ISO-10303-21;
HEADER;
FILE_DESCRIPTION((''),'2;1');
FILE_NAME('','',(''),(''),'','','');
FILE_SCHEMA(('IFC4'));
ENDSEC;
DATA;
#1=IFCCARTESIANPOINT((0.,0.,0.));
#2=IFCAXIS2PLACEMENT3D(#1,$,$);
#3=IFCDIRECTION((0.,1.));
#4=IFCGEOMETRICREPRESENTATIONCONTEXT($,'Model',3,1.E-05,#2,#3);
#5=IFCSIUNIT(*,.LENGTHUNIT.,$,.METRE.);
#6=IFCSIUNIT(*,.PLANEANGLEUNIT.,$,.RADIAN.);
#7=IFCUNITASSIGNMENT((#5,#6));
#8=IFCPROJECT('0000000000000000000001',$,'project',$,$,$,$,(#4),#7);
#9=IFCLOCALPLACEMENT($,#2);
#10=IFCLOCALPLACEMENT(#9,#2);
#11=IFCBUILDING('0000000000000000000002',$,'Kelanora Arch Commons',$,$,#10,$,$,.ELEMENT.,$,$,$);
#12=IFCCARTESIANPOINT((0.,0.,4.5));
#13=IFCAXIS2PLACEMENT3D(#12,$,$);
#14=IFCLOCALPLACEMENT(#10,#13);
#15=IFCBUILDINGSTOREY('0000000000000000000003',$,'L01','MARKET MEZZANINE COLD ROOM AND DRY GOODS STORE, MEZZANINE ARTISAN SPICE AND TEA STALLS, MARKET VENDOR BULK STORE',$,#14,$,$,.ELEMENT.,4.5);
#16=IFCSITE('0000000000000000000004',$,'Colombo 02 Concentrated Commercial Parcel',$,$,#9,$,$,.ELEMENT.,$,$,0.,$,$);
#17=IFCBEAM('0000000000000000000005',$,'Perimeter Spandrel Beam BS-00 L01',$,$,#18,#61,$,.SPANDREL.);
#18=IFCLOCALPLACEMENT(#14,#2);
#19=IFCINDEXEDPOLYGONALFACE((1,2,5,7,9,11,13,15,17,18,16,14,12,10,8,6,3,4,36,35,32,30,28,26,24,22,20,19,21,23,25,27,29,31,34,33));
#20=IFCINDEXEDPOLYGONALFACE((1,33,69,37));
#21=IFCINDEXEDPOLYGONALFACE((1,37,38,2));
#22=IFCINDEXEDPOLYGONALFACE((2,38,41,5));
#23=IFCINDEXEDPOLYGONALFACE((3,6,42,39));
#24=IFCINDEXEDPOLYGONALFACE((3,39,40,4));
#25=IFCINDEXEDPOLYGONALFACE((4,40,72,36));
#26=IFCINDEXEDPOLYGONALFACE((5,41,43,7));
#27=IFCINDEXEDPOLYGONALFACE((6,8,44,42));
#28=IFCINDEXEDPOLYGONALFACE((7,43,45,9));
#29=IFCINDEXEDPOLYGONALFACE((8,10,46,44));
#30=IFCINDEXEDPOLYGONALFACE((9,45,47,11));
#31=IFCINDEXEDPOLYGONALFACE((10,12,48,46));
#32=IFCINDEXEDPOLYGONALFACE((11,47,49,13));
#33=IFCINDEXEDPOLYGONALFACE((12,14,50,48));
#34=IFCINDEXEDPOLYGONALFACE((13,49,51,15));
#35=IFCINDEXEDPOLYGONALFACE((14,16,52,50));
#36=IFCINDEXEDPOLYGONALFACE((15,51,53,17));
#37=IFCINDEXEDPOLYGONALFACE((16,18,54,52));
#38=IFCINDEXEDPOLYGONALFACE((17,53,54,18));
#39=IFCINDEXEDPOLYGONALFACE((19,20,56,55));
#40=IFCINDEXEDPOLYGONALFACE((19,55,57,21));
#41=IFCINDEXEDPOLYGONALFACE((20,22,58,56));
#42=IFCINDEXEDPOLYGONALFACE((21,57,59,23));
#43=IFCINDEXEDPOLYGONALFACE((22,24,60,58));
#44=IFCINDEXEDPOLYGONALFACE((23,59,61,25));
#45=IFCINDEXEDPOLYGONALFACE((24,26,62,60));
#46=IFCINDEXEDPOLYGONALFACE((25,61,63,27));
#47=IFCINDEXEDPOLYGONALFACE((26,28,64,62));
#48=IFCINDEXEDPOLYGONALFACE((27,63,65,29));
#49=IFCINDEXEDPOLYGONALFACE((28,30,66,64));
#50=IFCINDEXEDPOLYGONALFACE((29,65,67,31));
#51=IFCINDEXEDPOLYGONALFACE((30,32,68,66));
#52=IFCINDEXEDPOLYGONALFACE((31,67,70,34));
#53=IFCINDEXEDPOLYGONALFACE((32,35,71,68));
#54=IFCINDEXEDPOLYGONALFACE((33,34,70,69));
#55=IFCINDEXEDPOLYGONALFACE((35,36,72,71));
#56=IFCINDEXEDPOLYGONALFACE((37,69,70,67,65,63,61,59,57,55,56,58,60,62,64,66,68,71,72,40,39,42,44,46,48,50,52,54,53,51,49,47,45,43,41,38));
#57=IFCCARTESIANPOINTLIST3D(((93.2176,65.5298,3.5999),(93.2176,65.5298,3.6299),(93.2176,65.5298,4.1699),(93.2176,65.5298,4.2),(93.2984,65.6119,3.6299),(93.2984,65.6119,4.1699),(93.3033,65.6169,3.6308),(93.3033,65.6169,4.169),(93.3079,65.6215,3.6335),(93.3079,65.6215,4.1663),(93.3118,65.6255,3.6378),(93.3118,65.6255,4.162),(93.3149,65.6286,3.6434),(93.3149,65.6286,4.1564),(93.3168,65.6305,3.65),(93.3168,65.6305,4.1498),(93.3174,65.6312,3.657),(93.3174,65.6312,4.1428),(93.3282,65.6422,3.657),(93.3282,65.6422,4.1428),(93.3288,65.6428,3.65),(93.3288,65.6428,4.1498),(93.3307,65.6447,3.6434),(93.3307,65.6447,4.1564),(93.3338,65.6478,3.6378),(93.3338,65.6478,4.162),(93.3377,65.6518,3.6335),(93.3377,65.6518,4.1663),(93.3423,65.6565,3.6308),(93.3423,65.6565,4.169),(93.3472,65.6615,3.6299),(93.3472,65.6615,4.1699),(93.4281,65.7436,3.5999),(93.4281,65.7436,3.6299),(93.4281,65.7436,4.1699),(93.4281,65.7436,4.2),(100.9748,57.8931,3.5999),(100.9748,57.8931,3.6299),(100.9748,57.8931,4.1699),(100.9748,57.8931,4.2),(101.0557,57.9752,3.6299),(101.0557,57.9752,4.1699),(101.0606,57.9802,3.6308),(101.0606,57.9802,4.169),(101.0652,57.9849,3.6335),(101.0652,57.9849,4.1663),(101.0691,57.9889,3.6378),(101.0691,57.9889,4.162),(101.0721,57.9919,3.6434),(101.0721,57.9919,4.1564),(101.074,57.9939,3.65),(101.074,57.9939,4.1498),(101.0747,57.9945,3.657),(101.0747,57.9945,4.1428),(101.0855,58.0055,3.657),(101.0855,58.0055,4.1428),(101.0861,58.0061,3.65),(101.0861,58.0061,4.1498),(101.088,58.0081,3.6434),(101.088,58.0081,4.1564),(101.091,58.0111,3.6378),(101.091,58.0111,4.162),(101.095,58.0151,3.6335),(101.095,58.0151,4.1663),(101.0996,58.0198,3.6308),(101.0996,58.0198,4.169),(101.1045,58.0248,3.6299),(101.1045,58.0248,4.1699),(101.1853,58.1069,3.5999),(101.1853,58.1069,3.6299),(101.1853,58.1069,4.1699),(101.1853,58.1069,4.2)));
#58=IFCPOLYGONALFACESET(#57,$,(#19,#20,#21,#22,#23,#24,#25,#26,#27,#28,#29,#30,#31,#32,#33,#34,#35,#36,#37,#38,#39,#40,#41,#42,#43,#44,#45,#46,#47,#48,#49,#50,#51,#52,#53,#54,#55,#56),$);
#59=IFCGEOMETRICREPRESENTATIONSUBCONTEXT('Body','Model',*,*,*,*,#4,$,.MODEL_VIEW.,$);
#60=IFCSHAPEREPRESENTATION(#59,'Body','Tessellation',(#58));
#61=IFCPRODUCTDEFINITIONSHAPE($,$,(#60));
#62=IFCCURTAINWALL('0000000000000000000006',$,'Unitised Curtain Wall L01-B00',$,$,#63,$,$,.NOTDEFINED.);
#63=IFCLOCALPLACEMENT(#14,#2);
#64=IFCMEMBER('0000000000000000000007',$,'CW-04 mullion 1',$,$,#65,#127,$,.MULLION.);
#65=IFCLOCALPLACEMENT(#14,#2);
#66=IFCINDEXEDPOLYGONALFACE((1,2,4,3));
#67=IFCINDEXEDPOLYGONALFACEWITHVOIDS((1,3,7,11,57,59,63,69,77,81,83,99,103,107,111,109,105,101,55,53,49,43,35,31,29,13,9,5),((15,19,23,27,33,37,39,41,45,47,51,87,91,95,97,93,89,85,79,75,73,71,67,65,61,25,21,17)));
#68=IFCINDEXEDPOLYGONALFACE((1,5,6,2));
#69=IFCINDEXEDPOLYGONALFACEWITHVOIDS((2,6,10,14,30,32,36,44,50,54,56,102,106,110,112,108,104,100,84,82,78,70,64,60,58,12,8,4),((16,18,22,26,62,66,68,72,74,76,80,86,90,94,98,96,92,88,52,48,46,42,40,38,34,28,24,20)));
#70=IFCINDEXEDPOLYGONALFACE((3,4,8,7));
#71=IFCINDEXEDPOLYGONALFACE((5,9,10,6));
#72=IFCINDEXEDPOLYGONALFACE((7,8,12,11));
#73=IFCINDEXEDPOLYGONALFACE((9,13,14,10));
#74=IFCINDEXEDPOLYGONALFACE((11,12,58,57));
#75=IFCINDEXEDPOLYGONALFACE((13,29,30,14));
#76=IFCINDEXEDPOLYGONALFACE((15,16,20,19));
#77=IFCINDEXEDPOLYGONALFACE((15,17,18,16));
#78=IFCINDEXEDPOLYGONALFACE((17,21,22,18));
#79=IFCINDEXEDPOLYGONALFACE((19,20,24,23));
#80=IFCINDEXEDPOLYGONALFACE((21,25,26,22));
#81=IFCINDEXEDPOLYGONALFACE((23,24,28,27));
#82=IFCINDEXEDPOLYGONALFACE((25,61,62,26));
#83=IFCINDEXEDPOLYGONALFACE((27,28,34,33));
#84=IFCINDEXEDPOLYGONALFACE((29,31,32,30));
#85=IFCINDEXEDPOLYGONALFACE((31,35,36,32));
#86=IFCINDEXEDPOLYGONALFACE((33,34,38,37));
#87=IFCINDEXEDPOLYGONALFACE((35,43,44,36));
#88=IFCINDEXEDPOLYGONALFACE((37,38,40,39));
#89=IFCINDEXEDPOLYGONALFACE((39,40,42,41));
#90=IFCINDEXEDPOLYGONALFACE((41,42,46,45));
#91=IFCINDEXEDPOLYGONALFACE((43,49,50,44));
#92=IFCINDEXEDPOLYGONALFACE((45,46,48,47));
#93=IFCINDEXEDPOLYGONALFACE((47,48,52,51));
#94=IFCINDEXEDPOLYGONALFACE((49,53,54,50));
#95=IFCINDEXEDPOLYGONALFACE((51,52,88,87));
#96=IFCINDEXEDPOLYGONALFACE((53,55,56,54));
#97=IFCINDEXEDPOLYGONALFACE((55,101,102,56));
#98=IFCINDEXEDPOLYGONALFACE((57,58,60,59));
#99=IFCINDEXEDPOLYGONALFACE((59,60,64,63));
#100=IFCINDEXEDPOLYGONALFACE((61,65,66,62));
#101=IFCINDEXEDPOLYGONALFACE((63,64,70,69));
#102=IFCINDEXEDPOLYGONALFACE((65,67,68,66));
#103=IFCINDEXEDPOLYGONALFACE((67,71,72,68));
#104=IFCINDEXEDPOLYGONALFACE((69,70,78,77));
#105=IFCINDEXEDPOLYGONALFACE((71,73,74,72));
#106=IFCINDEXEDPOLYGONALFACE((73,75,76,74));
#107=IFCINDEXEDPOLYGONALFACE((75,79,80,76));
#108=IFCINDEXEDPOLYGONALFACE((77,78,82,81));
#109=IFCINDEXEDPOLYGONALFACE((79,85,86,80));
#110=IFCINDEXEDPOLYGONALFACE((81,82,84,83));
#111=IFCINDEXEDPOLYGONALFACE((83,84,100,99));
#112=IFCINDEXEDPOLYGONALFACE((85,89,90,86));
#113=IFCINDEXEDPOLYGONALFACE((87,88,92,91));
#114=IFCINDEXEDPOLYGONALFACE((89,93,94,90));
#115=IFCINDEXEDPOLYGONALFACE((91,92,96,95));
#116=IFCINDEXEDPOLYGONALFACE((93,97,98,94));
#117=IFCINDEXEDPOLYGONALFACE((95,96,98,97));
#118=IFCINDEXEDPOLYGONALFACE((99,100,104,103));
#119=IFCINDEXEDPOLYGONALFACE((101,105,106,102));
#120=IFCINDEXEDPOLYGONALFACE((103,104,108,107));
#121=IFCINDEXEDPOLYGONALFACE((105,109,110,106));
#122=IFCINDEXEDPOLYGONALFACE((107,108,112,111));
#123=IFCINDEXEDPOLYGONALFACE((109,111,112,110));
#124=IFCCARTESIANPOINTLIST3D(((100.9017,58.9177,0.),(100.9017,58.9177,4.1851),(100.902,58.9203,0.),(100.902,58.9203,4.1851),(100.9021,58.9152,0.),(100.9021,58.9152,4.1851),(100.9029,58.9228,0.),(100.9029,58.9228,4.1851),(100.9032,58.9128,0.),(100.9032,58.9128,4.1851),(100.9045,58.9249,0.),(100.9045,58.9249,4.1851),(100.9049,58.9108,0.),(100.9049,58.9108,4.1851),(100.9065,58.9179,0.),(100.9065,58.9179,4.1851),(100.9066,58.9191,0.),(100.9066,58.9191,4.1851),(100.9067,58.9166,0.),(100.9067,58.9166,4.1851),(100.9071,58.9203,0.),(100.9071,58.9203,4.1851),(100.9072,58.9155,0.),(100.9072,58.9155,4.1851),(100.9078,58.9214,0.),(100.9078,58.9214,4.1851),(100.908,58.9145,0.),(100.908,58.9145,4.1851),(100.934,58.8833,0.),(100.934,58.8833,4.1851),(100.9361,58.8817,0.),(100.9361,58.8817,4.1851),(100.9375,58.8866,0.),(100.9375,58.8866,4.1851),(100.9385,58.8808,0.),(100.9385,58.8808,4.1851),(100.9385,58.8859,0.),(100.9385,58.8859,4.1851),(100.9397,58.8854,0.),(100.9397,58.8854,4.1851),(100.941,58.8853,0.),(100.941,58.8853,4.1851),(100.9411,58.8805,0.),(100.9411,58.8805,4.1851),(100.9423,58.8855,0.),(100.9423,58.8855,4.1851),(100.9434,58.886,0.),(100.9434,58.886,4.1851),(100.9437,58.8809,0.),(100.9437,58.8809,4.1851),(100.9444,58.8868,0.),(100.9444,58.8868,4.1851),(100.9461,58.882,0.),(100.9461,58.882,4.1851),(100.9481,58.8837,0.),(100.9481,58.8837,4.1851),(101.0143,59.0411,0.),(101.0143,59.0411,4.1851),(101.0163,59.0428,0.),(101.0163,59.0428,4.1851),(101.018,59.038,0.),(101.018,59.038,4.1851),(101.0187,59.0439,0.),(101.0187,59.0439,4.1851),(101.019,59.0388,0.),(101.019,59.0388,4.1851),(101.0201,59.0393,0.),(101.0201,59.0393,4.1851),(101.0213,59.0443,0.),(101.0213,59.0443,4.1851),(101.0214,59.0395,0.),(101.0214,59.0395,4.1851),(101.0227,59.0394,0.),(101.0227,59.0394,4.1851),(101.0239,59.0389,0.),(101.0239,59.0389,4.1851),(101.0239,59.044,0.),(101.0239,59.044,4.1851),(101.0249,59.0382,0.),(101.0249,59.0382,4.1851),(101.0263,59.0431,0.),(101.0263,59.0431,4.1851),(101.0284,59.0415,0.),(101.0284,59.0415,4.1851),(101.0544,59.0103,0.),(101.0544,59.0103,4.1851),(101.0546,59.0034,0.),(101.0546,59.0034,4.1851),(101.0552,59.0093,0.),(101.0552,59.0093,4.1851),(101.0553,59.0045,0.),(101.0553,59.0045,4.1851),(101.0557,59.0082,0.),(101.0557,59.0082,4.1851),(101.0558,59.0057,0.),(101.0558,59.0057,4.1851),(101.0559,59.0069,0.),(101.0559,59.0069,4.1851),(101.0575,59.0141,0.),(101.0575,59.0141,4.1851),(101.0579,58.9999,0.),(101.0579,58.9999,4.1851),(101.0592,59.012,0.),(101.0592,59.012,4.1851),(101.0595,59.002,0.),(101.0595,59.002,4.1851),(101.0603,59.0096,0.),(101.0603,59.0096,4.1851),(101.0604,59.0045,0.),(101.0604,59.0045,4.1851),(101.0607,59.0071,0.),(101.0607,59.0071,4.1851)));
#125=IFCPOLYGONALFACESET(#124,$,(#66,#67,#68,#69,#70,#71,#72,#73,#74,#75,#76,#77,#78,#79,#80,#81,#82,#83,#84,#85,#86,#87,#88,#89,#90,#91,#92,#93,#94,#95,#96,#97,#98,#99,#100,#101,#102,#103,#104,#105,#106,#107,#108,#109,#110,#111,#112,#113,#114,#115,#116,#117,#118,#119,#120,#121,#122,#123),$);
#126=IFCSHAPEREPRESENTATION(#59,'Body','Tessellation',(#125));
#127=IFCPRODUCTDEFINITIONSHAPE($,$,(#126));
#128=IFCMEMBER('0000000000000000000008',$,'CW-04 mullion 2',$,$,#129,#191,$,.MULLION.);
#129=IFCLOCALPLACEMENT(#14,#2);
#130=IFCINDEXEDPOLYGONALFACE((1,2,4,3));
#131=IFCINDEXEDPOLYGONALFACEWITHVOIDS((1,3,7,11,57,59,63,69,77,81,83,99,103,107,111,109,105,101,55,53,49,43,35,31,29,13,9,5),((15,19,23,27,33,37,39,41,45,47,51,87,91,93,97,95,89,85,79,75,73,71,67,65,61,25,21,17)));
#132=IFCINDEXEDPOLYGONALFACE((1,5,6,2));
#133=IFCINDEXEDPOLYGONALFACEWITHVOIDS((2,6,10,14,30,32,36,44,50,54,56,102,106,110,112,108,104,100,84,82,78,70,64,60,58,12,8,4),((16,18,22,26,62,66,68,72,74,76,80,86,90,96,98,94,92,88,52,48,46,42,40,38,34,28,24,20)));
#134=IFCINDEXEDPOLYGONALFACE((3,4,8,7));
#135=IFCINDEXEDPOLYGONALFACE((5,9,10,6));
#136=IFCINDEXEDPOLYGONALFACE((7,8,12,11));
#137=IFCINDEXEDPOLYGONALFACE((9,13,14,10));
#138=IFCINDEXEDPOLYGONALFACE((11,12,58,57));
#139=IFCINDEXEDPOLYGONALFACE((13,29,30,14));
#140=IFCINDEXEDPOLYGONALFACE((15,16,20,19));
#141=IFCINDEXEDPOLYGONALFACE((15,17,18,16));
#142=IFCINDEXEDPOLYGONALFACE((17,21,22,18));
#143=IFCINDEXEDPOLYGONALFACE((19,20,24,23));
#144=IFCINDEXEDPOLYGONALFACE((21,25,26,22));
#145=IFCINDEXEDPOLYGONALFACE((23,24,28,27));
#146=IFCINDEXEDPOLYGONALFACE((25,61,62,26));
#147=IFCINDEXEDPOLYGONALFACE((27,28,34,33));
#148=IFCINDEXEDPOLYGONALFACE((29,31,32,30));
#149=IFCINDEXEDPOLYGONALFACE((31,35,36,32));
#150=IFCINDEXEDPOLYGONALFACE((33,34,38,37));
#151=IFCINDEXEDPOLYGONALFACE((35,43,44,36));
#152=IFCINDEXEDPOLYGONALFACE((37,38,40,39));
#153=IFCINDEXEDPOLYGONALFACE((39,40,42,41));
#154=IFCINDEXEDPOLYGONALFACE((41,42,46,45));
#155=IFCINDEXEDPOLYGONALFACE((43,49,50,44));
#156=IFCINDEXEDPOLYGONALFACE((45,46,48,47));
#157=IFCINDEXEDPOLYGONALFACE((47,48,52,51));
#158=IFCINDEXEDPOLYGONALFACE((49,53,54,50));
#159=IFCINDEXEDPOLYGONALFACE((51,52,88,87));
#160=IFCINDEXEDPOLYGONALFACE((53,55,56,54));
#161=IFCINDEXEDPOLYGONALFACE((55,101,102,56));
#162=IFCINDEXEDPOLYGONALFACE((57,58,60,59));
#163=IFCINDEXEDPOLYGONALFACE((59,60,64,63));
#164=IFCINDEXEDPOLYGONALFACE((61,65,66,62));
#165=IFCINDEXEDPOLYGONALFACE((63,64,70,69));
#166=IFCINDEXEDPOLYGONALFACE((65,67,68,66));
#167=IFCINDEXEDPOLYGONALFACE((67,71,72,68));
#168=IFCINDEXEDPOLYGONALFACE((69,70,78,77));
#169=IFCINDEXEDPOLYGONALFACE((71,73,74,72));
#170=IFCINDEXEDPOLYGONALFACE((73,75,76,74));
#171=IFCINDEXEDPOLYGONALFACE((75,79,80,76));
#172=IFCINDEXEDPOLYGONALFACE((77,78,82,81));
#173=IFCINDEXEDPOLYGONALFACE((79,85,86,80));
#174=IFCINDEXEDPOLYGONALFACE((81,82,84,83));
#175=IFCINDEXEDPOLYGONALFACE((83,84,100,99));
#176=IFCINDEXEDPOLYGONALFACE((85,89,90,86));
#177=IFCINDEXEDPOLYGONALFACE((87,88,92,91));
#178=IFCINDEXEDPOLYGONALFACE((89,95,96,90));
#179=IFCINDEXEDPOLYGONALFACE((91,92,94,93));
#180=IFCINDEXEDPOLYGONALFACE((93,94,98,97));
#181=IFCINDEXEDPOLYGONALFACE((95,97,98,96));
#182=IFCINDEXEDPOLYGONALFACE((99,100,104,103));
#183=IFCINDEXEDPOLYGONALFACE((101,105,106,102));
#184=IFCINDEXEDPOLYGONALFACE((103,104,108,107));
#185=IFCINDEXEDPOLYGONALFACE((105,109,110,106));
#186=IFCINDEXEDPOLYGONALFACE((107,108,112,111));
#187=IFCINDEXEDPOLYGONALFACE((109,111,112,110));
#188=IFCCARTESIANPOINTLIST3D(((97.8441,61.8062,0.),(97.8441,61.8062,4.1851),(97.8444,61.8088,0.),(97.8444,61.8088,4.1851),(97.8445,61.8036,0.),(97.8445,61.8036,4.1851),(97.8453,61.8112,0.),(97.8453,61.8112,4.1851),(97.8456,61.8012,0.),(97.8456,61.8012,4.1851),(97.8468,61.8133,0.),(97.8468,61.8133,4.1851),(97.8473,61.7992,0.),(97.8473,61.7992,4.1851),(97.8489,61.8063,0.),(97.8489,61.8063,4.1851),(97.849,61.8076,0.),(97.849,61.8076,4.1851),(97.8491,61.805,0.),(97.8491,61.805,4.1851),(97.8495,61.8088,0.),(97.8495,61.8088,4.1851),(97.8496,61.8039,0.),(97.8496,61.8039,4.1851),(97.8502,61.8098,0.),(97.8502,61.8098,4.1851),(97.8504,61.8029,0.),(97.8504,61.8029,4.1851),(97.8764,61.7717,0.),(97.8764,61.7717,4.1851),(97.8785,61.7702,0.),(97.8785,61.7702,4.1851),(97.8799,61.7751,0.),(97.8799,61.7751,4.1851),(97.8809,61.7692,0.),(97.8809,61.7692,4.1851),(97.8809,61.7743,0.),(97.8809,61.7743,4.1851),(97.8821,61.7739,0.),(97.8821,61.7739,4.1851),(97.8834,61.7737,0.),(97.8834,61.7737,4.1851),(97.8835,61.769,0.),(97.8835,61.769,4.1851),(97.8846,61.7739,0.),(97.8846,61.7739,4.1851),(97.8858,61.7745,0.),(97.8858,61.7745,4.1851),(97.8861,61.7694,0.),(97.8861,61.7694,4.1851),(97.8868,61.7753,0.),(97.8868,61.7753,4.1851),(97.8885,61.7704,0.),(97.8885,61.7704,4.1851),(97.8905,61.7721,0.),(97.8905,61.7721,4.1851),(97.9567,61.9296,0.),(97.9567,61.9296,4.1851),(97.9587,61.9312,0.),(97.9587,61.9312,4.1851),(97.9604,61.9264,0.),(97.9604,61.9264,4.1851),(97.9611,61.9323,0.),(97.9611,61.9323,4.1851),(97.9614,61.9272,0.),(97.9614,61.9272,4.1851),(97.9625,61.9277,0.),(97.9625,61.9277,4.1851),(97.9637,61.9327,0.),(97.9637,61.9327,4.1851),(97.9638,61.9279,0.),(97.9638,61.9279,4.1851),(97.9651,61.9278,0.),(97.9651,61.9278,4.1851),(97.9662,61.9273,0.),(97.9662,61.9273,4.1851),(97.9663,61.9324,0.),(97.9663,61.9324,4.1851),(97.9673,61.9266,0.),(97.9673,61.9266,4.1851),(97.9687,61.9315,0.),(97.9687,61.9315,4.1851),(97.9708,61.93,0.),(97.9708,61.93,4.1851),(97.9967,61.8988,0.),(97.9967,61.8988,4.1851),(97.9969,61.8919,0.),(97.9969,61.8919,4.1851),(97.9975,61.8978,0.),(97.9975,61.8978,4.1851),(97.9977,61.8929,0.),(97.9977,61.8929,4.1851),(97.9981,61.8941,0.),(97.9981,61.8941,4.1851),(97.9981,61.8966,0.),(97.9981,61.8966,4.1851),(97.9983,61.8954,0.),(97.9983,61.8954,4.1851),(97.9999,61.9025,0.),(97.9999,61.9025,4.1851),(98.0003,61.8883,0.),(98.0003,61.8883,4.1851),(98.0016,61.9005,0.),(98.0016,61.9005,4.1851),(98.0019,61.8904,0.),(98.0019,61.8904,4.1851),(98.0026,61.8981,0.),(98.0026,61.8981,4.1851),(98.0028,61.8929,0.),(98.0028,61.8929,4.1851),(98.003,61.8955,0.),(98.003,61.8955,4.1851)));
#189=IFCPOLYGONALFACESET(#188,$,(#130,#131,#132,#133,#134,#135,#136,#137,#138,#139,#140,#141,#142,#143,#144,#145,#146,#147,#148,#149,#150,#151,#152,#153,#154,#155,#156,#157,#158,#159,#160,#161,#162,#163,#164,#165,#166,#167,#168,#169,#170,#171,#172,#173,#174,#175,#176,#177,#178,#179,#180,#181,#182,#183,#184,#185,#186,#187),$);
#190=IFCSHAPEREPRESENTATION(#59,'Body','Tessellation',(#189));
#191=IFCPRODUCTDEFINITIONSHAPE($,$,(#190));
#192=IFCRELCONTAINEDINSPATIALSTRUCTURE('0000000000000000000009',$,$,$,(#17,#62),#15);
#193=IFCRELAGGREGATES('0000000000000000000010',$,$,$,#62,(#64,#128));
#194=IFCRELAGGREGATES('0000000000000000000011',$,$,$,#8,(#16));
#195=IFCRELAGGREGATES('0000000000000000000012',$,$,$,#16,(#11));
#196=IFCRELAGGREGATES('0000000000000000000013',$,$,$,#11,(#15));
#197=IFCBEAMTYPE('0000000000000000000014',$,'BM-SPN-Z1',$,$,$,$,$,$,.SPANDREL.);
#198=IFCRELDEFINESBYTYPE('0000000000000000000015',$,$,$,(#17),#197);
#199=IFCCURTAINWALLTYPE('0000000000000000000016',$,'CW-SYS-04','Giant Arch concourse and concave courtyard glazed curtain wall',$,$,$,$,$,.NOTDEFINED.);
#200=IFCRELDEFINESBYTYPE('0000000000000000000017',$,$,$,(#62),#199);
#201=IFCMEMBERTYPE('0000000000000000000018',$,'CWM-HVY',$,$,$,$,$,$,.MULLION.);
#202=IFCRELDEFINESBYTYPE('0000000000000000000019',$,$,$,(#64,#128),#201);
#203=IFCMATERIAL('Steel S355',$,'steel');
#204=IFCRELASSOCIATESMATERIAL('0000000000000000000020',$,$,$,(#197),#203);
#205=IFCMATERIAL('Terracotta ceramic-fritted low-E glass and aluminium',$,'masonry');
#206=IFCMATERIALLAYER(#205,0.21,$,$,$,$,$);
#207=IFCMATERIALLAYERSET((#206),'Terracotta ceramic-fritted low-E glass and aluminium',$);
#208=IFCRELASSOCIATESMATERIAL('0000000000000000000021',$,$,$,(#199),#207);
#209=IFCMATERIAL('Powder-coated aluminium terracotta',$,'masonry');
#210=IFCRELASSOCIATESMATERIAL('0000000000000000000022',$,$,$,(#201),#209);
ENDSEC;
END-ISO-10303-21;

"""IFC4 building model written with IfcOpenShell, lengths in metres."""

from ifc_helpers import new_model, si_unit, direction, frame, origin, origin_2d, place, context, subcontext, project, spatial, hollow_rectangle, i_section, extrude, material, layer, layer_set, material_profile, profile_set, type_object, element, aggregate, save


model = new_model("IFC4")

# Units and contexts
model_context = context("Model", 3, precision=1e-05, world=origin(), true_north=direction((0.0, 1.0)))
body_context = subcontext(model_context, "Body", "Model", "MODEL_VIEW")
ifc_project = project(units=[si_unit("LENGTHUNIT", "METRE"), si_unit("PLANEANGLEUNIT", "RADIAN")], contexts=[model_context])

# Site, building, storey
site_placement = place(None, origin())
site = spatial("IfcSite", under=ifc_project, at=site_placement, Name="Colombo 02 Concentrated Commercial Parcel", CompositionType="ELEMENT", RefElevation=0.0)
building_placement = place(site_placement, origin())
building = spatial("IfcBuilding", under=site, at=building_placement, Name="Kelanora Arch Commons", CompositionType="ELEMENT")
storey_placement = place(building_placement, frame((0.0, 0.0, 4.5)))
storey = spatial("IfcBuildingStorey", under=building, at=storey_placement, Name="L01", Description="MARKET MEZZANINE COLD ROOM AND DRY GOODS STORE, MEZZANINE ARTISAN SPICE AND TEA STALLS, MARKET VENDOR BULK STORE", CompositionType="ELEMENT", Elevation=4.5)

# Beam
ifc_material_1 = material(Name="Steel S355", Category="steel")
ifc_material_profile_1 = material_profile(ifc_material_1, i_section(OverallWidth=0.3, OverallDepth=0.6001, WebThickness=0.0154, FlangeThickness=0.03, FilletRadius=0.0271, at=origin_2d()), Name="HEB600")
ifc_profile_set_1 = profile_set([ifc_material_profile_1], Name="Steel S355")
beam_type_1 = type_object("IfcBeamType", Name="BM-SPN-Z1", PredefinedType="SPANDREL", material=ifc_profile_set_1)
beam_1_placement = place(storey_placement, frame((101.0801, 58.0, 3.8999), z_axis=(-0.712625, 0.701545, 0.0), x_axis=(-0.701545, -0.712625, 0.0)))
element("IfcBeam", 1, at=beam_1_placement, inside=storey, type_object=beam_type_1, Name="Perimeter Spandrel Beam BS-00 L01", PredefinedType="SPANDREL", context=body_context, shape_type="SweptSolid", body=[
    extrude(i_section(OverallWidth=0.3, OverallDepth=0.6001, WebThickness=0.0154, FlangeThickness=0.03, FilletRadius=0.0271, at=origin_2d()), origin(), (0.0, 0.0, 1.0), 10.8855),
])

# Curtain wall, members
ifc_material_2 = material(Name="Terracotta ceramic-fritted low-E glass and aluminium", Category="masonry")
ifc_layer_1 = layer(ifc_material_2, 0.21)
ifc_layer_set_1 = layer_set([ifc_layer_1], Name="Terracotta ceramic-fritted low-E glass and aluminium")
curtain_wall_type = type_object("IfcCurtainWallType", Name="CW-SYS-04", Description="Giant Arch concourse and concave courtyard glazed curtain wall", PredefinedType="NOTDEFINED", material=ifc_layer_set_1)
curtain_wall_1_placement = place(storey_placement, origin())
curtain_wall_1 = element("IfcCurtainWall", 2, at=curtain_wall_1_placement, inside=storey, type_object=curtain_wall_type, Name="Unitised Curtain Wall L01-B00", PredefinedType="NOTDEFINED")
ifc_material_3 = material(Name="Powder-coated aluminium terracotta", Category="masonry")
ifc_material_profile_2 = material_profile(ifc_material_3, hollow_rectangle(XDim=0.1799, YDim=0.0601, WallThickness=0.0049, InnerFilletRadius=0.0049, OuterFilletRadius=0.01, at=origin_2d()), Name="CWM180x60")
ifc_profile_set_2 = profile_set([ifc_material_profile_2], Name="Powder-coated aluminium terracotta")
member_type_1 = type_object("IfcMemberType", Name="CWM-HVY", PredefinedType="MULLION", material=ifc_profile_set_2)
member_1_placement = place(storey_placement, frame((100.9812, 58.9624, 0.0), z_axis=(0.0, 0.0, 1.0), x_axis=(-0.68672, -0.726922, 0.0)))
member_1 = element("IfcMember", 3, at=member_1_placement, type_object=member_type_1, Name="CW-04 mullion 1", PredefinedType="MULLION", context=body_context, shape_type="SweptSolid", body=[
    extrude(hollow_rectangle(XDim=0.1799, YDim=0.0601, WallThickness=0.0049, InnerFilletRadius=0.0049, OuterFilletRadius=0.01, at=origin_2d()), origin(), (0.0, 0.0, 1.0), 4.1851),
])
member_2_placement = place(storey_placement, frame((97.9236, 61.8508, 0.0), z_axis=(0.0, 0.0, 1.0), x_axis=(-0.68672, -0.726922, 0.0)))
member_2 = element("IfcMember", 4, at=member_2_placement, type_object=member_type_1, Name="CW-04 mullion 2", PredefinedType="MULLION", context=body_context, shape_type="SweptSolid", body=[
    extrude(hollow_rectangle(XDim=0.1799, YDim=0.0601, WallThickness=0.0049, InnerFilletRadius=0.0049, OuterFilletRadius=0.01, at=origin_2d()), origin(), (0.0, 0.0, 1.0), 4.1851),
])

aggregate(curtain_wall_1, [member_1, member_2])

save(model, "model.ifc")
